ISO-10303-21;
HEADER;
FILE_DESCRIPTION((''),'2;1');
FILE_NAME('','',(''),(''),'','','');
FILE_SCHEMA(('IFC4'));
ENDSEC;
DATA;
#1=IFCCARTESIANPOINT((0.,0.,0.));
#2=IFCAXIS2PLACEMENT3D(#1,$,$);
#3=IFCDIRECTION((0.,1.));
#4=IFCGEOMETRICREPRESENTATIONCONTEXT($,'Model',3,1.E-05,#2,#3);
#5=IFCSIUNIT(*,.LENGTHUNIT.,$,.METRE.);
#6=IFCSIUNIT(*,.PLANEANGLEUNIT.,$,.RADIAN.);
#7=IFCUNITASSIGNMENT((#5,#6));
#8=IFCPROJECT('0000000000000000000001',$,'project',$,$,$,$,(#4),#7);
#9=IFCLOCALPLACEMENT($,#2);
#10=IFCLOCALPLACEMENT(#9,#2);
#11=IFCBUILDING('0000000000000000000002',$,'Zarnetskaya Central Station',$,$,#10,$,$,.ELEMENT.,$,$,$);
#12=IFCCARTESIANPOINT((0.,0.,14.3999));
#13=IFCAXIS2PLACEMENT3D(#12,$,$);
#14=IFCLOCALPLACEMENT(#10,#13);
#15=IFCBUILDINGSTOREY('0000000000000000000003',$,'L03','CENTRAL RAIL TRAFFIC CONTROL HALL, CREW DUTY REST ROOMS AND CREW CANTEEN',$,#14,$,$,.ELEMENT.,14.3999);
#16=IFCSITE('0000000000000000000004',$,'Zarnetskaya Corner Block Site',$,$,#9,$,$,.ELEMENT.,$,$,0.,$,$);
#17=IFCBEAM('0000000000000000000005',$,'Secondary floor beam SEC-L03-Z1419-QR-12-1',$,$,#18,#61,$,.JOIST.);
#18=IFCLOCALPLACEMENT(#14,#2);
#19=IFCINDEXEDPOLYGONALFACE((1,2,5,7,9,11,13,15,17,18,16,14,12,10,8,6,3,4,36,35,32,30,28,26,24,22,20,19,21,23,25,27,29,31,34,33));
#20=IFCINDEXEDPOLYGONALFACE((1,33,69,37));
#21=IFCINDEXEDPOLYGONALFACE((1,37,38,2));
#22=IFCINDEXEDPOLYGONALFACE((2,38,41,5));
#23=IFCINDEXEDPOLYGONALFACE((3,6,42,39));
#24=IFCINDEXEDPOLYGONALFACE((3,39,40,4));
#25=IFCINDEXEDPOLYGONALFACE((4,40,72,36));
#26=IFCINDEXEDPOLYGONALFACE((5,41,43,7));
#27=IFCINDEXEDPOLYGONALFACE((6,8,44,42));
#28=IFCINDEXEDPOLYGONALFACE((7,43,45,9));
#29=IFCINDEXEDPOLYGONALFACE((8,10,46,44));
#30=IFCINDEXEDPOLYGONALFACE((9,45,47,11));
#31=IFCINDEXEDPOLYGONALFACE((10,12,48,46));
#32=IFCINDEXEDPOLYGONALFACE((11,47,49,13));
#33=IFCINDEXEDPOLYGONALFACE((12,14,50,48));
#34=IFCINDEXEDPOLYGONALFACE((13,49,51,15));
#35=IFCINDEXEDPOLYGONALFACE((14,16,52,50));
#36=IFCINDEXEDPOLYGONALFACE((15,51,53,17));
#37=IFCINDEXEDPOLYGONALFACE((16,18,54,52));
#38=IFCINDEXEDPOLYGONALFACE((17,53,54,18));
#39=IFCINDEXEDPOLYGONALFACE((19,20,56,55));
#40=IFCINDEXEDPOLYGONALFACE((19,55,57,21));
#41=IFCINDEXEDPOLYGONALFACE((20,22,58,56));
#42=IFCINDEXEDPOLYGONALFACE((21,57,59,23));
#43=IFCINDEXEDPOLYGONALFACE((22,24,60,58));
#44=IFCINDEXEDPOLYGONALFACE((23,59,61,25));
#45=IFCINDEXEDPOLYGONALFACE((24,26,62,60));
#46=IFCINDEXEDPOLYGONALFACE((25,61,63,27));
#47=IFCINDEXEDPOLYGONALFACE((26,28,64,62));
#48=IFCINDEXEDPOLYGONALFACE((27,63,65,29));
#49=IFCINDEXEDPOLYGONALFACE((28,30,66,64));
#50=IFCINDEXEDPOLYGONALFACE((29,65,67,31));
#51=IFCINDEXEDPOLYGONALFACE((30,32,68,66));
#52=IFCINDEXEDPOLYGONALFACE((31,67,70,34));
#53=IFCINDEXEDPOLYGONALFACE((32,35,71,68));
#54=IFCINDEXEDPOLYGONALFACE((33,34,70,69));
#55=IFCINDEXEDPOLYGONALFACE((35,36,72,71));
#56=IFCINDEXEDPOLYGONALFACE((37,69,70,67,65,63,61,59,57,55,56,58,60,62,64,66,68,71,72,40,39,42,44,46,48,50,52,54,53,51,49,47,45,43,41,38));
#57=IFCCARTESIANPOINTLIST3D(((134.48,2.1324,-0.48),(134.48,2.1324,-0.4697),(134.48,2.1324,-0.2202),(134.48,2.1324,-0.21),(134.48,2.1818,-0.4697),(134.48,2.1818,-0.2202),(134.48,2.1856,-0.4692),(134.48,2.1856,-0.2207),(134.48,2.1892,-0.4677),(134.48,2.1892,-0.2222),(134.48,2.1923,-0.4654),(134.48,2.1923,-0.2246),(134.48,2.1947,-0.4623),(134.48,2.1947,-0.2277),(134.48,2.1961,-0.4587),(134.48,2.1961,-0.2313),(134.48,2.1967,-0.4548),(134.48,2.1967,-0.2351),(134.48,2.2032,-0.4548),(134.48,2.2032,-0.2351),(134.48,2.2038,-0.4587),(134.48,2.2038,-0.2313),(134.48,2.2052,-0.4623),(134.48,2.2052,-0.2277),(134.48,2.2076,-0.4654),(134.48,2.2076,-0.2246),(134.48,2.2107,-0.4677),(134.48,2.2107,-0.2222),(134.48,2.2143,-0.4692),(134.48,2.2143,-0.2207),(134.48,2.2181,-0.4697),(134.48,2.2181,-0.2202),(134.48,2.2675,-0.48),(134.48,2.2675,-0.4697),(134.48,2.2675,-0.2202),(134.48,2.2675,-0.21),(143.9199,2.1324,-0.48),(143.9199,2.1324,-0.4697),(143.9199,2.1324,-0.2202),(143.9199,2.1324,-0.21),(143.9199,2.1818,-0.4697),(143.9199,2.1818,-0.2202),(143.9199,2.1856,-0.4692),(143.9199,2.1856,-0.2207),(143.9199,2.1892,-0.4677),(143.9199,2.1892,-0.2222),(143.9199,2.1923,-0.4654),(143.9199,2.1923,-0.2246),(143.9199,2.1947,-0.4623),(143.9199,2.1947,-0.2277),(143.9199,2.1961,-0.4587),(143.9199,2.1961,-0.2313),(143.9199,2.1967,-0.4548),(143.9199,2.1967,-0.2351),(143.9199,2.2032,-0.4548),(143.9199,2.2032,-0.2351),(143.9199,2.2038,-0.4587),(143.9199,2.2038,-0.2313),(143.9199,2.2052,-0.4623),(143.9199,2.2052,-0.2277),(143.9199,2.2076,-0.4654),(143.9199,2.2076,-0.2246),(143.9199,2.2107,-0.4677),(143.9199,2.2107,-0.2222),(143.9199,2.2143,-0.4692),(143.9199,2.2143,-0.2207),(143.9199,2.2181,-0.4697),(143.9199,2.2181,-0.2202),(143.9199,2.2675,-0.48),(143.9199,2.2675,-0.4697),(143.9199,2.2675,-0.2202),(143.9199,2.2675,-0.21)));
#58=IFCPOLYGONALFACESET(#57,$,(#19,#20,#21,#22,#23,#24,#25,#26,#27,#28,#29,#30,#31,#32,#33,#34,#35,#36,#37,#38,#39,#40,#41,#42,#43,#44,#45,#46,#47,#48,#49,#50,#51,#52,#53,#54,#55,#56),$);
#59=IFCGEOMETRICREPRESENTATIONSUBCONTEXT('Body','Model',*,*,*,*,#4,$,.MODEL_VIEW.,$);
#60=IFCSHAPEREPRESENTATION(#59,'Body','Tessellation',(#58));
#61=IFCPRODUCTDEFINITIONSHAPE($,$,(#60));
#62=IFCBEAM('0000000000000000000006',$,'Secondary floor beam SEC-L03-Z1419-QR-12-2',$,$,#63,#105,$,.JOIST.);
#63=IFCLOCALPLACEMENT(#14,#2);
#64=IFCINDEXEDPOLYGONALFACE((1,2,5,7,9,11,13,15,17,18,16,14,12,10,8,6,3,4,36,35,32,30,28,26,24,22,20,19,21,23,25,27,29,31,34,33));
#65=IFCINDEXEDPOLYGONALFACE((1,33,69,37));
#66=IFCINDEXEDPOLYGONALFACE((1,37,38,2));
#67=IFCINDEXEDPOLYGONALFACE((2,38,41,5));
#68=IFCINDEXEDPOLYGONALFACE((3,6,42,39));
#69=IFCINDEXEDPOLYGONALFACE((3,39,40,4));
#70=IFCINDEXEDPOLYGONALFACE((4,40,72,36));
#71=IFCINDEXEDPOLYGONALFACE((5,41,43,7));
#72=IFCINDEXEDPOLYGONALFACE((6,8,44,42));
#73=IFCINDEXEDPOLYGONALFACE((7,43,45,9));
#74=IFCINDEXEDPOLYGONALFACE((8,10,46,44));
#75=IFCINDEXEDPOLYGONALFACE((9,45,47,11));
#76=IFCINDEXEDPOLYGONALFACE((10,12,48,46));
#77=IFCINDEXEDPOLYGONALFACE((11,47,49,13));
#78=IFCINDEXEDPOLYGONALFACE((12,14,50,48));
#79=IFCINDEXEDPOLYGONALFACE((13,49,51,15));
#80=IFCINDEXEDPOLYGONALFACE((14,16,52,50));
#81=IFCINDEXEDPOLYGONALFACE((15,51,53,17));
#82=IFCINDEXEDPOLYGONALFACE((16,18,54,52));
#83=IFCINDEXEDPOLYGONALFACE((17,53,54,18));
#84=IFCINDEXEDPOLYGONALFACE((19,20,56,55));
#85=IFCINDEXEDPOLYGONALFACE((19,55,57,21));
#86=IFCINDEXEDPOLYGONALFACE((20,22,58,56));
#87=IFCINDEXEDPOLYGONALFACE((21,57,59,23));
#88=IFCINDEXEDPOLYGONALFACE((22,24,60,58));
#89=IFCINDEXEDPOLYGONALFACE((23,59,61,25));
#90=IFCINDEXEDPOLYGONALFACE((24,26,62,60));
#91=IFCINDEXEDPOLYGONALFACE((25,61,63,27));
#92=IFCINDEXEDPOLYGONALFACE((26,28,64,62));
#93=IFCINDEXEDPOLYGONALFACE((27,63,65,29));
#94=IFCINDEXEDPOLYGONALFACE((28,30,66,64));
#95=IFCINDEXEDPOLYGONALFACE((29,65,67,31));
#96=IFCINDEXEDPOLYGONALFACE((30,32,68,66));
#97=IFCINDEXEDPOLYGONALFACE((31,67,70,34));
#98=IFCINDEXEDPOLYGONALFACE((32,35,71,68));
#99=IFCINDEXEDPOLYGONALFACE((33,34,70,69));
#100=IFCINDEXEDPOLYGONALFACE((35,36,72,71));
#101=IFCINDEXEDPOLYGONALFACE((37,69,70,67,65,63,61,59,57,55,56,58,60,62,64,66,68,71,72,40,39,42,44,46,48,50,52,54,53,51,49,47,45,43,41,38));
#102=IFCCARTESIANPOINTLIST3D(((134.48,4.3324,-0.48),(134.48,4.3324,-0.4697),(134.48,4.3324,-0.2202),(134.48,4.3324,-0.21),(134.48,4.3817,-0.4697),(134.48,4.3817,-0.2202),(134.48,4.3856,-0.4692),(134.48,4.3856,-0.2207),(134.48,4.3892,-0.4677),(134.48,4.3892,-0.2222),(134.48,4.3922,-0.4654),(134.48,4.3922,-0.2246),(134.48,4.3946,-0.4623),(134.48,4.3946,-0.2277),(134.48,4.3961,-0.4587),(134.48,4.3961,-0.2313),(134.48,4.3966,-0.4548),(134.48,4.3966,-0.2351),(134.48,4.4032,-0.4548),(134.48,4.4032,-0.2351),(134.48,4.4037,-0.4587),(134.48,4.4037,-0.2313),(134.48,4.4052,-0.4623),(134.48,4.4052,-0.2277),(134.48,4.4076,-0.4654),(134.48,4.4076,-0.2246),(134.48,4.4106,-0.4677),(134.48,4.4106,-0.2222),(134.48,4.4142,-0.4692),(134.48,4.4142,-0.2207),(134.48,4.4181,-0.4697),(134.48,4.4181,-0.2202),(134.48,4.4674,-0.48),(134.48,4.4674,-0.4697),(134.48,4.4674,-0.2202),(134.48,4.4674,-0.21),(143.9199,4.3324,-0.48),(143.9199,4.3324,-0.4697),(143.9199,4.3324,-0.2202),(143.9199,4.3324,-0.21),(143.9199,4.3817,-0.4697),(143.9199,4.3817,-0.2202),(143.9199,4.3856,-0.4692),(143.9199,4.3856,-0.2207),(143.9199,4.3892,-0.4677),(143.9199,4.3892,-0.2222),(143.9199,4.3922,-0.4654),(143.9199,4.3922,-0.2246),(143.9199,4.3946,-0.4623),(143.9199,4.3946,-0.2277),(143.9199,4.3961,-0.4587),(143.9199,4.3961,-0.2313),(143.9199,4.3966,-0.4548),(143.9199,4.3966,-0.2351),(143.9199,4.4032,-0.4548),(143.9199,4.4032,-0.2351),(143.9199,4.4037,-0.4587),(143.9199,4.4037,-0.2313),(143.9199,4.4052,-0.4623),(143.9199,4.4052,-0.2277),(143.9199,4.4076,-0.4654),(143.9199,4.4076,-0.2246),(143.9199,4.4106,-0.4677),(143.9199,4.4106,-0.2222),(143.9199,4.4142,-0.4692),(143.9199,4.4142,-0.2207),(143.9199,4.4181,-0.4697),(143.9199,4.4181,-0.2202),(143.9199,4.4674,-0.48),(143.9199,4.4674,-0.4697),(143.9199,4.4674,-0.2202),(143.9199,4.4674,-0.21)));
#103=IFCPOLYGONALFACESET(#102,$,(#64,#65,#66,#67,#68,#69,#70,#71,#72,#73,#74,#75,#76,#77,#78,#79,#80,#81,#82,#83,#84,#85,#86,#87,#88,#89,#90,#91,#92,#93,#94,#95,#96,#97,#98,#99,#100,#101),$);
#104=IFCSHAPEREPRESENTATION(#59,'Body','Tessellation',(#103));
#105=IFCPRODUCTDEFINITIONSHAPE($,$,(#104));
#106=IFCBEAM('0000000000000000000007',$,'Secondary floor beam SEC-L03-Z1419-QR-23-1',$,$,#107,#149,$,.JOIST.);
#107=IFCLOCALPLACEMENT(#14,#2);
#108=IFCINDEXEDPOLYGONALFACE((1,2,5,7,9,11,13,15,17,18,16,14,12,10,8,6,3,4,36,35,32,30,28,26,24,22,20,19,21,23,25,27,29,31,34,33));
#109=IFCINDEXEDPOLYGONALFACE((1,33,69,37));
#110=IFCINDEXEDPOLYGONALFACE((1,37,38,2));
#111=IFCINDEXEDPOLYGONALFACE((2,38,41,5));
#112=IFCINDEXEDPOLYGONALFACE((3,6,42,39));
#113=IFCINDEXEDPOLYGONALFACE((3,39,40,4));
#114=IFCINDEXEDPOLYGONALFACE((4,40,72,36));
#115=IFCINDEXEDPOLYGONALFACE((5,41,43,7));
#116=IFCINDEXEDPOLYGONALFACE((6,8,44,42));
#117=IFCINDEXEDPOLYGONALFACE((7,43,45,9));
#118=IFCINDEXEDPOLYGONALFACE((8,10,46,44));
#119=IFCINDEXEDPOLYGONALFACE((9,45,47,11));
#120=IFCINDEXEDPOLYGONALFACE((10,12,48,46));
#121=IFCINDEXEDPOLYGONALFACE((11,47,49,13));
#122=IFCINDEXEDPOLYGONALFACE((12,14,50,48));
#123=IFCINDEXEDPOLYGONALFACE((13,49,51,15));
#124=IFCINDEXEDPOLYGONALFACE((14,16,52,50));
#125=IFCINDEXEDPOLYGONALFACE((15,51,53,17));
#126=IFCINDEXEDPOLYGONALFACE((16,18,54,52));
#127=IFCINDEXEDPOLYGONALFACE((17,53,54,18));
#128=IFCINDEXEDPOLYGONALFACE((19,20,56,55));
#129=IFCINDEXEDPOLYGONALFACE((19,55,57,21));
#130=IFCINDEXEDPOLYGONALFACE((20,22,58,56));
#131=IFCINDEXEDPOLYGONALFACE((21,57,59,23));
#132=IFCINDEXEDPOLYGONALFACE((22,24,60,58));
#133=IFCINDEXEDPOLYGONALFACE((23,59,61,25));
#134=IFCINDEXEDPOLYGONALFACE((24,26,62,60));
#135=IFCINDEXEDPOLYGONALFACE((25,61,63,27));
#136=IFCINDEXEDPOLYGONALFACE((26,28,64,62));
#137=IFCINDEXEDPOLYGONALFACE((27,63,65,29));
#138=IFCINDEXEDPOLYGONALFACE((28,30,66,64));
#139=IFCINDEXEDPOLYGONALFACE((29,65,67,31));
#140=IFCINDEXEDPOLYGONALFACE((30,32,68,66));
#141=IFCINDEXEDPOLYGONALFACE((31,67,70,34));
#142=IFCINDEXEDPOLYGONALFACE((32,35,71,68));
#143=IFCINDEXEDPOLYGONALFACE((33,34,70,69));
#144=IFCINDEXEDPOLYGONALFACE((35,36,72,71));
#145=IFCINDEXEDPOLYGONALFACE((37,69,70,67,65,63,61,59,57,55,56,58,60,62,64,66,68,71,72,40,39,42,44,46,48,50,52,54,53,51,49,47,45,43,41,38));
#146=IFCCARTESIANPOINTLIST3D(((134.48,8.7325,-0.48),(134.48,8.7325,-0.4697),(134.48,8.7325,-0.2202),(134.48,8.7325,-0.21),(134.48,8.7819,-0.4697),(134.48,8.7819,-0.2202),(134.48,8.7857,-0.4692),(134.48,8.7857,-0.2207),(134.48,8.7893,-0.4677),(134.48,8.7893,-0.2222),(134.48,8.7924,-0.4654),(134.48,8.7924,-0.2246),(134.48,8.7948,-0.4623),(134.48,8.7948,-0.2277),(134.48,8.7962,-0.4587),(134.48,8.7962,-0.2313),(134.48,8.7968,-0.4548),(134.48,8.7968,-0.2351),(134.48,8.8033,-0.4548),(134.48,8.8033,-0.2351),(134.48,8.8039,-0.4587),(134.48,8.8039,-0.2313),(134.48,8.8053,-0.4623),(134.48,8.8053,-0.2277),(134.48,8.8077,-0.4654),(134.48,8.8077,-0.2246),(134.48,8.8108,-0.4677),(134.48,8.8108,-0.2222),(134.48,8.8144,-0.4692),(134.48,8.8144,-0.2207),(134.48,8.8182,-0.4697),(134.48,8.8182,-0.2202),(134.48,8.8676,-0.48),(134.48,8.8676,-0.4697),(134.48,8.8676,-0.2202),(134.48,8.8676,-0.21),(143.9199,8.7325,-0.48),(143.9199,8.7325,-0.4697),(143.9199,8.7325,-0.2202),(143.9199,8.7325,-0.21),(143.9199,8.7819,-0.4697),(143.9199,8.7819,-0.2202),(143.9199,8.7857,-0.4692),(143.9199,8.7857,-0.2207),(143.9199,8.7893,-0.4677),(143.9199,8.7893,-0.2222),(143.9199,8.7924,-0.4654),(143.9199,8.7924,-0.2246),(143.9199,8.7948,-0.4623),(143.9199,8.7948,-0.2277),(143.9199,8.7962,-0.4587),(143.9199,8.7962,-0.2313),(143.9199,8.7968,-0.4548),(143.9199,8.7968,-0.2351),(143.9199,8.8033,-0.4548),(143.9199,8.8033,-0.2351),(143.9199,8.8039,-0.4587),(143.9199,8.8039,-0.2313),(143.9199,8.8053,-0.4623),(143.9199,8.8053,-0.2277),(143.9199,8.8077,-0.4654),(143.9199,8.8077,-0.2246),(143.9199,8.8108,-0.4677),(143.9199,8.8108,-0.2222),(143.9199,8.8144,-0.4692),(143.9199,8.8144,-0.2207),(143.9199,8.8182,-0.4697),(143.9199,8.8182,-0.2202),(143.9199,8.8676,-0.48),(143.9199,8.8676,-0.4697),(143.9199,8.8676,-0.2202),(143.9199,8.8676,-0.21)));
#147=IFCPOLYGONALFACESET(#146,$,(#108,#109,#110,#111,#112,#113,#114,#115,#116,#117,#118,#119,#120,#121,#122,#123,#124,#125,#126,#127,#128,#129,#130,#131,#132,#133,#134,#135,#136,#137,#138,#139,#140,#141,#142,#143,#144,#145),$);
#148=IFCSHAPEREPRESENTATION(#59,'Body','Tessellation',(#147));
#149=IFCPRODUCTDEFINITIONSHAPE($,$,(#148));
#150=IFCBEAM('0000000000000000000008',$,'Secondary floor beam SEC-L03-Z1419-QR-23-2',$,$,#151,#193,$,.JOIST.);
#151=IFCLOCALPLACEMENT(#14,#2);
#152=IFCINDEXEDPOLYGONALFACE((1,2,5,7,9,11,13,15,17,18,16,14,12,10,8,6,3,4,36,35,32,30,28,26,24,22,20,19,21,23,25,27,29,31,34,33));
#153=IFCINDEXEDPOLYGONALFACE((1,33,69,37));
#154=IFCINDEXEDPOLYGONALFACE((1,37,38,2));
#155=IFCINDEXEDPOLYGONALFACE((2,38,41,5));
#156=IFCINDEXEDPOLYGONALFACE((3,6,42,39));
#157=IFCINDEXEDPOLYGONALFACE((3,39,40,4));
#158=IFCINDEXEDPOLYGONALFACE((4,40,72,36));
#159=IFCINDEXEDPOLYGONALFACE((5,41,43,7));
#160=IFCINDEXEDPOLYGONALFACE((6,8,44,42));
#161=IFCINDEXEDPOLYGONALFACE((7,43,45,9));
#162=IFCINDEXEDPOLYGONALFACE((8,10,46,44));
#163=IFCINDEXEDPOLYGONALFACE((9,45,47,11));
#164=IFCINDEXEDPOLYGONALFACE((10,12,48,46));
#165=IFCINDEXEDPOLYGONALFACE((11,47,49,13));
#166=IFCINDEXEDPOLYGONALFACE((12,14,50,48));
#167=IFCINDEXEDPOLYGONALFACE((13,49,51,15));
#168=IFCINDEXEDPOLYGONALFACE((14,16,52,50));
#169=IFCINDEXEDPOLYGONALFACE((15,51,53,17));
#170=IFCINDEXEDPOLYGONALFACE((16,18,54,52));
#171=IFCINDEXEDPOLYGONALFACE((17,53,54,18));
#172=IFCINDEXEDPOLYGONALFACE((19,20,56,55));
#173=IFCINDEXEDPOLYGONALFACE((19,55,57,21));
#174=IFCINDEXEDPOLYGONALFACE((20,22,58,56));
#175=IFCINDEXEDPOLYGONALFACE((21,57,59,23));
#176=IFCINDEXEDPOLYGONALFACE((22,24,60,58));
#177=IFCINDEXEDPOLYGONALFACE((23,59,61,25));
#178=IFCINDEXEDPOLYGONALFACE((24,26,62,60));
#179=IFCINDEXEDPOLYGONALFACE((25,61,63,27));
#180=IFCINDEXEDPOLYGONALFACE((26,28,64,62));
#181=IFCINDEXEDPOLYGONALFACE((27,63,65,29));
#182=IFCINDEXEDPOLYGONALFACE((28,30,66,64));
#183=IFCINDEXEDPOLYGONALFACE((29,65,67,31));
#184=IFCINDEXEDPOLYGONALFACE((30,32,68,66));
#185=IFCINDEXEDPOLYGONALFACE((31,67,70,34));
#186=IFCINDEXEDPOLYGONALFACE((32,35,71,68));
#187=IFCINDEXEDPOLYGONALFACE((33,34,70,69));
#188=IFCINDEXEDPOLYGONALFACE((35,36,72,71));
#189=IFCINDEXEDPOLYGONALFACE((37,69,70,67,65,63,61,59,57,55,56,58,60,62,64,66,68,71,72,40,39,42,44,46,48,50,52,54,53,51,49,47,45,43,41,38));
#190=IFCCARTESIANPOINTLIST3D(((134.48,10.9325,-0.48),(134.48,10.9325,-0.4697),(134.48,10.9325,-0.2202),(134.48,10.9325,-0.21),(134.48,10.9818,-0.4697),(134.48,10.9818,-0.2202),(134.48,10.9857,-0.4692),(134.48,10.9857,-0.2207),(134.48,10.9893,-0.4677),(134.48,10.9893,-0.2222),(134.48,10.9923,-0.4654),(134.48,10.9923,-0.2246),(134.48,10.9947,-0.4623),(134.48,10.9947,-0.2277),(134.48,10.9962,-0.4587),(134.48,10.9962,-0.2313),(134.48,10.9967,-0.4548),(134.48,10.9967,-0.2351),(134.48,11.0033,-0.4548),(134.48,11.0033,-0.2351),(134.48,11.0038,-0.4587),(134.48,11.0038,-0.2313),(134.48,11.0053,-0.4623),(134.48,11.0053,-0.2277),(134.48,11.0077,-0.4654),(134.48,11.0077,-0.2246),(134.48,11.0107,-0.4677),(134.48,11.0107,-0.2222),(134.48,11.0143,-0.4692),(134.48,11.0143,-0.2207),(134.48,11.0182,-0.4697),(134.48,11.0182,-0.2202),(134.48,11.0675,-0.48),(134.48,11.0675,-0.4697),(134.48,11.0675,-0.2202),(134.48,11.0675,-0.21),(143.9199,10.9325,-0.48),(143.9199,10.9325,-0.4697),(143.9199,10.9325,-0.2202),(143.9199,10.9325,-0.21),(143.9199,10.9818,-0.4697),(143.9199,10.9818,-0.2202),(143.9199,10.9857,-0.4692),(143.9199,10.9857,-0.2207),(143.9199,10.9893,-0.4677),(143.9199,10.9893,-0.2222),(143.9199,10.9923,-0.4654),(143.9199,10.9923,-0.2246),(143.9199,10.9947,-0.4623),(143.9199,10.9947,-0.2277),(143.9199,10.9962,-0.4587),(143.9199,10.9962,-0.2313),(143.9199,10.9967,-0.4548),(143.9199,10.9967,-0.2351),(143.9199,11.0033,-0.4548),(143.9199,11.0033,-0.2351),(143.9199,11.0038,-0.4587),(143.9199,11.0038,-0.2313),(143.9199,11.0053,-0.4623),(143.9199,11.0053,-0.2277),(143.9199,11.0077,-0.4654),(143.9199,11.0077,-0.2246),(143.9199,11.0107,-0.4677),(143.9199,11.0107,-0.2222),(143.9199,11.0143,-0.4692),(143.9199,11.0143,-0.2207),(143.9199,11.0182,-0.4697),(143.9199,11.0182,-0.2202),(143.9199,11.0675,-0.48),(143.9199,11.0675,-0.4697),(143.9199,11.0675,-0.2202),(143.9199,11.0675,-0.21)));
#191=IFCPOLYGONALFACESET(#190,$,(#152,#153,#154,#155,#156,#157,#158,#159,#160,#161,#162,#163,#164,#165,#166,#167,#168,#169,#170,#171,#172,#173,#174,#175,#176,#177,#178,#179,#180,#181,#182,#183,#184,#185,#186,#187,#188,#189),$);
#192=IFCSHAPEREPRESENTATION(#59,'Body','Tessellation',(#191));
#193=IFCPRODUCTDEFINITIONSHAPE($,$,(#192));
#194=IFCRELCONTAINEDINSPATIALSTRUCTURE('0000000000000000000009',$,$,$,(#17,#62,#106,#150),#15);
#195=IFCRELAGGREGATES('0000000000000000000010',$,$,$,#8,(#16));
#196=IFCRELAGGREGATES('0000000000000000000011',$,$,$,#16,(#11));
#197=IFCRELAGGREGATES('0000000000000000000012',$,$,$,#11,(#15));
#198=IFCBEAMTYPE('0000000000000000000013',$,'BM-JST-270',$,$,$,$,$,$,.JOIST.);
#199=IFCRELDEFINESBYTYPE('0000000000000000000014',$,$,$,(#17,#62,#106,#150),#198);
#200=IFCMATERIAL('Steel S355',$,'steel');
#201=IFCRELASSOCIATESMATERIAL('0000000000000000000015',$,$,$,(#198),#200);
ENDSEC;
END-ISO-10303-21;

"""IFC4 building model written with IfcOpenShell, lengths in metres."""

from ifc_helpers import new_model, si_unit, direction, frame, origin, origin_2d, place, context, subcontext, project, spatial, i_section, extrude, material, material_profile, profile_set, type_object, element, save


model = new_model("IFC4")

# Units and contexts
model_context = context("Model", 3, precision=1e-05, world=origin(), true_north=direction((0.0, 1.0)))
body_context = subcontext(model_context, "Body", "Model", "MODEL_VIEW")
ifc_project = project(units=[si_unit("LENGTHUNIT", "METRE"), si_unit("PLANEANGLEUNIT", "RADIAN")], contexts=[model_context])

# Site, building, storey
site_placement = place(None, origin())
site = spatial("IfcSite", under=ifc_project, at=site_placement, Name="Zarnetskaya Corner Block Site", CompositionType="ELEMENT", RefElevation=0.0)
building_placement = place(site_placement, origin())
building = spatial("IfcBuilding", under=site, at=building_placement, Name="Zarnetskaya Central Station", CompositionType="ELEMENT")
storey_placement = place(building_placement, frame((0.0, 0.0, 14.3999)))
storey = spatial("IfcBuildingStorey", under=building, at=storey_placement, Name="L03", Description="CENTRAL RAIL TRAFFIC CONTROL HALL, CREW DUTY REST ROOMS AND CREW CANTEEN", CompositionType="ELEMENT", Elevation=14.3999)

# Beams
ifc_material_1 = material(Name="Steel S355", Category="steel")
ifc_material_profile_1 = material_profile(ifc_material_1, i_section(OverallWidth=0.135, OverallDepth=0.27, WebThickness=0.0066, FlangeThickness=0.0103, FilletRadius=0.0149, at=origin_2d()), Name="IPE 270")
ifc_profile_set_1 = profile_set([ifc_material_profile_1], Name="Steel S355")
beam_type_1 = type_object("IfcBeamType", Name="BM-JST-270", PredefinedType="JOIST", material=ifc_profile_set_1)
for number, where, z_axis, x_axis, name in (
    (1, (134.48, 2.2, -0.345), (1.0, 0.0, 0.0), (0.0, 1.0, 0.0), "Secondary floor beam SEC-L03-Z1419-QR-12-1"),
    (2, (134.48, 4.3999, -0.345), (1.0, 0.0, 0.0), (0.0, 1.0, 0.0), "Secondary floor beam SEC-L03-Z1419-QR-12-2"),
    (3, (134.48, 8.8, -0.345), (1.0, 0.0, 0.0), (0.0, 1.0, 0.0), "Secondary floor beam SEC-L03-Z1419-QR-23-1"),
    (4, (134.48, 11.0, -0.345), (1.0, 0.0, 0.0), (0.0, 1.0, 0.0), "Secondary floor beam SEC-L03-Z1419-QR-23-2"),
):
    element("IfcBeam", number, at=place(storey_placement, frame(where, z_axis=z_axis, x_axis=x_axis)), inside=storey, type_object=beam_type_1, Name=name, PredefinedType="JOIST", context=body_context, shape_type="SweptSolid", body=[
        extrude(i_section(OverallWidth=0.135, OverallDepth=0.27, WebThickness=0.0066, FlangeThickness=0.0103, FilletRadius=0.0149, at=origin_2d()), origin(), (0.0, 0.0, 1.0), 9.4399),
    ])

save(model, "model.ifc")
